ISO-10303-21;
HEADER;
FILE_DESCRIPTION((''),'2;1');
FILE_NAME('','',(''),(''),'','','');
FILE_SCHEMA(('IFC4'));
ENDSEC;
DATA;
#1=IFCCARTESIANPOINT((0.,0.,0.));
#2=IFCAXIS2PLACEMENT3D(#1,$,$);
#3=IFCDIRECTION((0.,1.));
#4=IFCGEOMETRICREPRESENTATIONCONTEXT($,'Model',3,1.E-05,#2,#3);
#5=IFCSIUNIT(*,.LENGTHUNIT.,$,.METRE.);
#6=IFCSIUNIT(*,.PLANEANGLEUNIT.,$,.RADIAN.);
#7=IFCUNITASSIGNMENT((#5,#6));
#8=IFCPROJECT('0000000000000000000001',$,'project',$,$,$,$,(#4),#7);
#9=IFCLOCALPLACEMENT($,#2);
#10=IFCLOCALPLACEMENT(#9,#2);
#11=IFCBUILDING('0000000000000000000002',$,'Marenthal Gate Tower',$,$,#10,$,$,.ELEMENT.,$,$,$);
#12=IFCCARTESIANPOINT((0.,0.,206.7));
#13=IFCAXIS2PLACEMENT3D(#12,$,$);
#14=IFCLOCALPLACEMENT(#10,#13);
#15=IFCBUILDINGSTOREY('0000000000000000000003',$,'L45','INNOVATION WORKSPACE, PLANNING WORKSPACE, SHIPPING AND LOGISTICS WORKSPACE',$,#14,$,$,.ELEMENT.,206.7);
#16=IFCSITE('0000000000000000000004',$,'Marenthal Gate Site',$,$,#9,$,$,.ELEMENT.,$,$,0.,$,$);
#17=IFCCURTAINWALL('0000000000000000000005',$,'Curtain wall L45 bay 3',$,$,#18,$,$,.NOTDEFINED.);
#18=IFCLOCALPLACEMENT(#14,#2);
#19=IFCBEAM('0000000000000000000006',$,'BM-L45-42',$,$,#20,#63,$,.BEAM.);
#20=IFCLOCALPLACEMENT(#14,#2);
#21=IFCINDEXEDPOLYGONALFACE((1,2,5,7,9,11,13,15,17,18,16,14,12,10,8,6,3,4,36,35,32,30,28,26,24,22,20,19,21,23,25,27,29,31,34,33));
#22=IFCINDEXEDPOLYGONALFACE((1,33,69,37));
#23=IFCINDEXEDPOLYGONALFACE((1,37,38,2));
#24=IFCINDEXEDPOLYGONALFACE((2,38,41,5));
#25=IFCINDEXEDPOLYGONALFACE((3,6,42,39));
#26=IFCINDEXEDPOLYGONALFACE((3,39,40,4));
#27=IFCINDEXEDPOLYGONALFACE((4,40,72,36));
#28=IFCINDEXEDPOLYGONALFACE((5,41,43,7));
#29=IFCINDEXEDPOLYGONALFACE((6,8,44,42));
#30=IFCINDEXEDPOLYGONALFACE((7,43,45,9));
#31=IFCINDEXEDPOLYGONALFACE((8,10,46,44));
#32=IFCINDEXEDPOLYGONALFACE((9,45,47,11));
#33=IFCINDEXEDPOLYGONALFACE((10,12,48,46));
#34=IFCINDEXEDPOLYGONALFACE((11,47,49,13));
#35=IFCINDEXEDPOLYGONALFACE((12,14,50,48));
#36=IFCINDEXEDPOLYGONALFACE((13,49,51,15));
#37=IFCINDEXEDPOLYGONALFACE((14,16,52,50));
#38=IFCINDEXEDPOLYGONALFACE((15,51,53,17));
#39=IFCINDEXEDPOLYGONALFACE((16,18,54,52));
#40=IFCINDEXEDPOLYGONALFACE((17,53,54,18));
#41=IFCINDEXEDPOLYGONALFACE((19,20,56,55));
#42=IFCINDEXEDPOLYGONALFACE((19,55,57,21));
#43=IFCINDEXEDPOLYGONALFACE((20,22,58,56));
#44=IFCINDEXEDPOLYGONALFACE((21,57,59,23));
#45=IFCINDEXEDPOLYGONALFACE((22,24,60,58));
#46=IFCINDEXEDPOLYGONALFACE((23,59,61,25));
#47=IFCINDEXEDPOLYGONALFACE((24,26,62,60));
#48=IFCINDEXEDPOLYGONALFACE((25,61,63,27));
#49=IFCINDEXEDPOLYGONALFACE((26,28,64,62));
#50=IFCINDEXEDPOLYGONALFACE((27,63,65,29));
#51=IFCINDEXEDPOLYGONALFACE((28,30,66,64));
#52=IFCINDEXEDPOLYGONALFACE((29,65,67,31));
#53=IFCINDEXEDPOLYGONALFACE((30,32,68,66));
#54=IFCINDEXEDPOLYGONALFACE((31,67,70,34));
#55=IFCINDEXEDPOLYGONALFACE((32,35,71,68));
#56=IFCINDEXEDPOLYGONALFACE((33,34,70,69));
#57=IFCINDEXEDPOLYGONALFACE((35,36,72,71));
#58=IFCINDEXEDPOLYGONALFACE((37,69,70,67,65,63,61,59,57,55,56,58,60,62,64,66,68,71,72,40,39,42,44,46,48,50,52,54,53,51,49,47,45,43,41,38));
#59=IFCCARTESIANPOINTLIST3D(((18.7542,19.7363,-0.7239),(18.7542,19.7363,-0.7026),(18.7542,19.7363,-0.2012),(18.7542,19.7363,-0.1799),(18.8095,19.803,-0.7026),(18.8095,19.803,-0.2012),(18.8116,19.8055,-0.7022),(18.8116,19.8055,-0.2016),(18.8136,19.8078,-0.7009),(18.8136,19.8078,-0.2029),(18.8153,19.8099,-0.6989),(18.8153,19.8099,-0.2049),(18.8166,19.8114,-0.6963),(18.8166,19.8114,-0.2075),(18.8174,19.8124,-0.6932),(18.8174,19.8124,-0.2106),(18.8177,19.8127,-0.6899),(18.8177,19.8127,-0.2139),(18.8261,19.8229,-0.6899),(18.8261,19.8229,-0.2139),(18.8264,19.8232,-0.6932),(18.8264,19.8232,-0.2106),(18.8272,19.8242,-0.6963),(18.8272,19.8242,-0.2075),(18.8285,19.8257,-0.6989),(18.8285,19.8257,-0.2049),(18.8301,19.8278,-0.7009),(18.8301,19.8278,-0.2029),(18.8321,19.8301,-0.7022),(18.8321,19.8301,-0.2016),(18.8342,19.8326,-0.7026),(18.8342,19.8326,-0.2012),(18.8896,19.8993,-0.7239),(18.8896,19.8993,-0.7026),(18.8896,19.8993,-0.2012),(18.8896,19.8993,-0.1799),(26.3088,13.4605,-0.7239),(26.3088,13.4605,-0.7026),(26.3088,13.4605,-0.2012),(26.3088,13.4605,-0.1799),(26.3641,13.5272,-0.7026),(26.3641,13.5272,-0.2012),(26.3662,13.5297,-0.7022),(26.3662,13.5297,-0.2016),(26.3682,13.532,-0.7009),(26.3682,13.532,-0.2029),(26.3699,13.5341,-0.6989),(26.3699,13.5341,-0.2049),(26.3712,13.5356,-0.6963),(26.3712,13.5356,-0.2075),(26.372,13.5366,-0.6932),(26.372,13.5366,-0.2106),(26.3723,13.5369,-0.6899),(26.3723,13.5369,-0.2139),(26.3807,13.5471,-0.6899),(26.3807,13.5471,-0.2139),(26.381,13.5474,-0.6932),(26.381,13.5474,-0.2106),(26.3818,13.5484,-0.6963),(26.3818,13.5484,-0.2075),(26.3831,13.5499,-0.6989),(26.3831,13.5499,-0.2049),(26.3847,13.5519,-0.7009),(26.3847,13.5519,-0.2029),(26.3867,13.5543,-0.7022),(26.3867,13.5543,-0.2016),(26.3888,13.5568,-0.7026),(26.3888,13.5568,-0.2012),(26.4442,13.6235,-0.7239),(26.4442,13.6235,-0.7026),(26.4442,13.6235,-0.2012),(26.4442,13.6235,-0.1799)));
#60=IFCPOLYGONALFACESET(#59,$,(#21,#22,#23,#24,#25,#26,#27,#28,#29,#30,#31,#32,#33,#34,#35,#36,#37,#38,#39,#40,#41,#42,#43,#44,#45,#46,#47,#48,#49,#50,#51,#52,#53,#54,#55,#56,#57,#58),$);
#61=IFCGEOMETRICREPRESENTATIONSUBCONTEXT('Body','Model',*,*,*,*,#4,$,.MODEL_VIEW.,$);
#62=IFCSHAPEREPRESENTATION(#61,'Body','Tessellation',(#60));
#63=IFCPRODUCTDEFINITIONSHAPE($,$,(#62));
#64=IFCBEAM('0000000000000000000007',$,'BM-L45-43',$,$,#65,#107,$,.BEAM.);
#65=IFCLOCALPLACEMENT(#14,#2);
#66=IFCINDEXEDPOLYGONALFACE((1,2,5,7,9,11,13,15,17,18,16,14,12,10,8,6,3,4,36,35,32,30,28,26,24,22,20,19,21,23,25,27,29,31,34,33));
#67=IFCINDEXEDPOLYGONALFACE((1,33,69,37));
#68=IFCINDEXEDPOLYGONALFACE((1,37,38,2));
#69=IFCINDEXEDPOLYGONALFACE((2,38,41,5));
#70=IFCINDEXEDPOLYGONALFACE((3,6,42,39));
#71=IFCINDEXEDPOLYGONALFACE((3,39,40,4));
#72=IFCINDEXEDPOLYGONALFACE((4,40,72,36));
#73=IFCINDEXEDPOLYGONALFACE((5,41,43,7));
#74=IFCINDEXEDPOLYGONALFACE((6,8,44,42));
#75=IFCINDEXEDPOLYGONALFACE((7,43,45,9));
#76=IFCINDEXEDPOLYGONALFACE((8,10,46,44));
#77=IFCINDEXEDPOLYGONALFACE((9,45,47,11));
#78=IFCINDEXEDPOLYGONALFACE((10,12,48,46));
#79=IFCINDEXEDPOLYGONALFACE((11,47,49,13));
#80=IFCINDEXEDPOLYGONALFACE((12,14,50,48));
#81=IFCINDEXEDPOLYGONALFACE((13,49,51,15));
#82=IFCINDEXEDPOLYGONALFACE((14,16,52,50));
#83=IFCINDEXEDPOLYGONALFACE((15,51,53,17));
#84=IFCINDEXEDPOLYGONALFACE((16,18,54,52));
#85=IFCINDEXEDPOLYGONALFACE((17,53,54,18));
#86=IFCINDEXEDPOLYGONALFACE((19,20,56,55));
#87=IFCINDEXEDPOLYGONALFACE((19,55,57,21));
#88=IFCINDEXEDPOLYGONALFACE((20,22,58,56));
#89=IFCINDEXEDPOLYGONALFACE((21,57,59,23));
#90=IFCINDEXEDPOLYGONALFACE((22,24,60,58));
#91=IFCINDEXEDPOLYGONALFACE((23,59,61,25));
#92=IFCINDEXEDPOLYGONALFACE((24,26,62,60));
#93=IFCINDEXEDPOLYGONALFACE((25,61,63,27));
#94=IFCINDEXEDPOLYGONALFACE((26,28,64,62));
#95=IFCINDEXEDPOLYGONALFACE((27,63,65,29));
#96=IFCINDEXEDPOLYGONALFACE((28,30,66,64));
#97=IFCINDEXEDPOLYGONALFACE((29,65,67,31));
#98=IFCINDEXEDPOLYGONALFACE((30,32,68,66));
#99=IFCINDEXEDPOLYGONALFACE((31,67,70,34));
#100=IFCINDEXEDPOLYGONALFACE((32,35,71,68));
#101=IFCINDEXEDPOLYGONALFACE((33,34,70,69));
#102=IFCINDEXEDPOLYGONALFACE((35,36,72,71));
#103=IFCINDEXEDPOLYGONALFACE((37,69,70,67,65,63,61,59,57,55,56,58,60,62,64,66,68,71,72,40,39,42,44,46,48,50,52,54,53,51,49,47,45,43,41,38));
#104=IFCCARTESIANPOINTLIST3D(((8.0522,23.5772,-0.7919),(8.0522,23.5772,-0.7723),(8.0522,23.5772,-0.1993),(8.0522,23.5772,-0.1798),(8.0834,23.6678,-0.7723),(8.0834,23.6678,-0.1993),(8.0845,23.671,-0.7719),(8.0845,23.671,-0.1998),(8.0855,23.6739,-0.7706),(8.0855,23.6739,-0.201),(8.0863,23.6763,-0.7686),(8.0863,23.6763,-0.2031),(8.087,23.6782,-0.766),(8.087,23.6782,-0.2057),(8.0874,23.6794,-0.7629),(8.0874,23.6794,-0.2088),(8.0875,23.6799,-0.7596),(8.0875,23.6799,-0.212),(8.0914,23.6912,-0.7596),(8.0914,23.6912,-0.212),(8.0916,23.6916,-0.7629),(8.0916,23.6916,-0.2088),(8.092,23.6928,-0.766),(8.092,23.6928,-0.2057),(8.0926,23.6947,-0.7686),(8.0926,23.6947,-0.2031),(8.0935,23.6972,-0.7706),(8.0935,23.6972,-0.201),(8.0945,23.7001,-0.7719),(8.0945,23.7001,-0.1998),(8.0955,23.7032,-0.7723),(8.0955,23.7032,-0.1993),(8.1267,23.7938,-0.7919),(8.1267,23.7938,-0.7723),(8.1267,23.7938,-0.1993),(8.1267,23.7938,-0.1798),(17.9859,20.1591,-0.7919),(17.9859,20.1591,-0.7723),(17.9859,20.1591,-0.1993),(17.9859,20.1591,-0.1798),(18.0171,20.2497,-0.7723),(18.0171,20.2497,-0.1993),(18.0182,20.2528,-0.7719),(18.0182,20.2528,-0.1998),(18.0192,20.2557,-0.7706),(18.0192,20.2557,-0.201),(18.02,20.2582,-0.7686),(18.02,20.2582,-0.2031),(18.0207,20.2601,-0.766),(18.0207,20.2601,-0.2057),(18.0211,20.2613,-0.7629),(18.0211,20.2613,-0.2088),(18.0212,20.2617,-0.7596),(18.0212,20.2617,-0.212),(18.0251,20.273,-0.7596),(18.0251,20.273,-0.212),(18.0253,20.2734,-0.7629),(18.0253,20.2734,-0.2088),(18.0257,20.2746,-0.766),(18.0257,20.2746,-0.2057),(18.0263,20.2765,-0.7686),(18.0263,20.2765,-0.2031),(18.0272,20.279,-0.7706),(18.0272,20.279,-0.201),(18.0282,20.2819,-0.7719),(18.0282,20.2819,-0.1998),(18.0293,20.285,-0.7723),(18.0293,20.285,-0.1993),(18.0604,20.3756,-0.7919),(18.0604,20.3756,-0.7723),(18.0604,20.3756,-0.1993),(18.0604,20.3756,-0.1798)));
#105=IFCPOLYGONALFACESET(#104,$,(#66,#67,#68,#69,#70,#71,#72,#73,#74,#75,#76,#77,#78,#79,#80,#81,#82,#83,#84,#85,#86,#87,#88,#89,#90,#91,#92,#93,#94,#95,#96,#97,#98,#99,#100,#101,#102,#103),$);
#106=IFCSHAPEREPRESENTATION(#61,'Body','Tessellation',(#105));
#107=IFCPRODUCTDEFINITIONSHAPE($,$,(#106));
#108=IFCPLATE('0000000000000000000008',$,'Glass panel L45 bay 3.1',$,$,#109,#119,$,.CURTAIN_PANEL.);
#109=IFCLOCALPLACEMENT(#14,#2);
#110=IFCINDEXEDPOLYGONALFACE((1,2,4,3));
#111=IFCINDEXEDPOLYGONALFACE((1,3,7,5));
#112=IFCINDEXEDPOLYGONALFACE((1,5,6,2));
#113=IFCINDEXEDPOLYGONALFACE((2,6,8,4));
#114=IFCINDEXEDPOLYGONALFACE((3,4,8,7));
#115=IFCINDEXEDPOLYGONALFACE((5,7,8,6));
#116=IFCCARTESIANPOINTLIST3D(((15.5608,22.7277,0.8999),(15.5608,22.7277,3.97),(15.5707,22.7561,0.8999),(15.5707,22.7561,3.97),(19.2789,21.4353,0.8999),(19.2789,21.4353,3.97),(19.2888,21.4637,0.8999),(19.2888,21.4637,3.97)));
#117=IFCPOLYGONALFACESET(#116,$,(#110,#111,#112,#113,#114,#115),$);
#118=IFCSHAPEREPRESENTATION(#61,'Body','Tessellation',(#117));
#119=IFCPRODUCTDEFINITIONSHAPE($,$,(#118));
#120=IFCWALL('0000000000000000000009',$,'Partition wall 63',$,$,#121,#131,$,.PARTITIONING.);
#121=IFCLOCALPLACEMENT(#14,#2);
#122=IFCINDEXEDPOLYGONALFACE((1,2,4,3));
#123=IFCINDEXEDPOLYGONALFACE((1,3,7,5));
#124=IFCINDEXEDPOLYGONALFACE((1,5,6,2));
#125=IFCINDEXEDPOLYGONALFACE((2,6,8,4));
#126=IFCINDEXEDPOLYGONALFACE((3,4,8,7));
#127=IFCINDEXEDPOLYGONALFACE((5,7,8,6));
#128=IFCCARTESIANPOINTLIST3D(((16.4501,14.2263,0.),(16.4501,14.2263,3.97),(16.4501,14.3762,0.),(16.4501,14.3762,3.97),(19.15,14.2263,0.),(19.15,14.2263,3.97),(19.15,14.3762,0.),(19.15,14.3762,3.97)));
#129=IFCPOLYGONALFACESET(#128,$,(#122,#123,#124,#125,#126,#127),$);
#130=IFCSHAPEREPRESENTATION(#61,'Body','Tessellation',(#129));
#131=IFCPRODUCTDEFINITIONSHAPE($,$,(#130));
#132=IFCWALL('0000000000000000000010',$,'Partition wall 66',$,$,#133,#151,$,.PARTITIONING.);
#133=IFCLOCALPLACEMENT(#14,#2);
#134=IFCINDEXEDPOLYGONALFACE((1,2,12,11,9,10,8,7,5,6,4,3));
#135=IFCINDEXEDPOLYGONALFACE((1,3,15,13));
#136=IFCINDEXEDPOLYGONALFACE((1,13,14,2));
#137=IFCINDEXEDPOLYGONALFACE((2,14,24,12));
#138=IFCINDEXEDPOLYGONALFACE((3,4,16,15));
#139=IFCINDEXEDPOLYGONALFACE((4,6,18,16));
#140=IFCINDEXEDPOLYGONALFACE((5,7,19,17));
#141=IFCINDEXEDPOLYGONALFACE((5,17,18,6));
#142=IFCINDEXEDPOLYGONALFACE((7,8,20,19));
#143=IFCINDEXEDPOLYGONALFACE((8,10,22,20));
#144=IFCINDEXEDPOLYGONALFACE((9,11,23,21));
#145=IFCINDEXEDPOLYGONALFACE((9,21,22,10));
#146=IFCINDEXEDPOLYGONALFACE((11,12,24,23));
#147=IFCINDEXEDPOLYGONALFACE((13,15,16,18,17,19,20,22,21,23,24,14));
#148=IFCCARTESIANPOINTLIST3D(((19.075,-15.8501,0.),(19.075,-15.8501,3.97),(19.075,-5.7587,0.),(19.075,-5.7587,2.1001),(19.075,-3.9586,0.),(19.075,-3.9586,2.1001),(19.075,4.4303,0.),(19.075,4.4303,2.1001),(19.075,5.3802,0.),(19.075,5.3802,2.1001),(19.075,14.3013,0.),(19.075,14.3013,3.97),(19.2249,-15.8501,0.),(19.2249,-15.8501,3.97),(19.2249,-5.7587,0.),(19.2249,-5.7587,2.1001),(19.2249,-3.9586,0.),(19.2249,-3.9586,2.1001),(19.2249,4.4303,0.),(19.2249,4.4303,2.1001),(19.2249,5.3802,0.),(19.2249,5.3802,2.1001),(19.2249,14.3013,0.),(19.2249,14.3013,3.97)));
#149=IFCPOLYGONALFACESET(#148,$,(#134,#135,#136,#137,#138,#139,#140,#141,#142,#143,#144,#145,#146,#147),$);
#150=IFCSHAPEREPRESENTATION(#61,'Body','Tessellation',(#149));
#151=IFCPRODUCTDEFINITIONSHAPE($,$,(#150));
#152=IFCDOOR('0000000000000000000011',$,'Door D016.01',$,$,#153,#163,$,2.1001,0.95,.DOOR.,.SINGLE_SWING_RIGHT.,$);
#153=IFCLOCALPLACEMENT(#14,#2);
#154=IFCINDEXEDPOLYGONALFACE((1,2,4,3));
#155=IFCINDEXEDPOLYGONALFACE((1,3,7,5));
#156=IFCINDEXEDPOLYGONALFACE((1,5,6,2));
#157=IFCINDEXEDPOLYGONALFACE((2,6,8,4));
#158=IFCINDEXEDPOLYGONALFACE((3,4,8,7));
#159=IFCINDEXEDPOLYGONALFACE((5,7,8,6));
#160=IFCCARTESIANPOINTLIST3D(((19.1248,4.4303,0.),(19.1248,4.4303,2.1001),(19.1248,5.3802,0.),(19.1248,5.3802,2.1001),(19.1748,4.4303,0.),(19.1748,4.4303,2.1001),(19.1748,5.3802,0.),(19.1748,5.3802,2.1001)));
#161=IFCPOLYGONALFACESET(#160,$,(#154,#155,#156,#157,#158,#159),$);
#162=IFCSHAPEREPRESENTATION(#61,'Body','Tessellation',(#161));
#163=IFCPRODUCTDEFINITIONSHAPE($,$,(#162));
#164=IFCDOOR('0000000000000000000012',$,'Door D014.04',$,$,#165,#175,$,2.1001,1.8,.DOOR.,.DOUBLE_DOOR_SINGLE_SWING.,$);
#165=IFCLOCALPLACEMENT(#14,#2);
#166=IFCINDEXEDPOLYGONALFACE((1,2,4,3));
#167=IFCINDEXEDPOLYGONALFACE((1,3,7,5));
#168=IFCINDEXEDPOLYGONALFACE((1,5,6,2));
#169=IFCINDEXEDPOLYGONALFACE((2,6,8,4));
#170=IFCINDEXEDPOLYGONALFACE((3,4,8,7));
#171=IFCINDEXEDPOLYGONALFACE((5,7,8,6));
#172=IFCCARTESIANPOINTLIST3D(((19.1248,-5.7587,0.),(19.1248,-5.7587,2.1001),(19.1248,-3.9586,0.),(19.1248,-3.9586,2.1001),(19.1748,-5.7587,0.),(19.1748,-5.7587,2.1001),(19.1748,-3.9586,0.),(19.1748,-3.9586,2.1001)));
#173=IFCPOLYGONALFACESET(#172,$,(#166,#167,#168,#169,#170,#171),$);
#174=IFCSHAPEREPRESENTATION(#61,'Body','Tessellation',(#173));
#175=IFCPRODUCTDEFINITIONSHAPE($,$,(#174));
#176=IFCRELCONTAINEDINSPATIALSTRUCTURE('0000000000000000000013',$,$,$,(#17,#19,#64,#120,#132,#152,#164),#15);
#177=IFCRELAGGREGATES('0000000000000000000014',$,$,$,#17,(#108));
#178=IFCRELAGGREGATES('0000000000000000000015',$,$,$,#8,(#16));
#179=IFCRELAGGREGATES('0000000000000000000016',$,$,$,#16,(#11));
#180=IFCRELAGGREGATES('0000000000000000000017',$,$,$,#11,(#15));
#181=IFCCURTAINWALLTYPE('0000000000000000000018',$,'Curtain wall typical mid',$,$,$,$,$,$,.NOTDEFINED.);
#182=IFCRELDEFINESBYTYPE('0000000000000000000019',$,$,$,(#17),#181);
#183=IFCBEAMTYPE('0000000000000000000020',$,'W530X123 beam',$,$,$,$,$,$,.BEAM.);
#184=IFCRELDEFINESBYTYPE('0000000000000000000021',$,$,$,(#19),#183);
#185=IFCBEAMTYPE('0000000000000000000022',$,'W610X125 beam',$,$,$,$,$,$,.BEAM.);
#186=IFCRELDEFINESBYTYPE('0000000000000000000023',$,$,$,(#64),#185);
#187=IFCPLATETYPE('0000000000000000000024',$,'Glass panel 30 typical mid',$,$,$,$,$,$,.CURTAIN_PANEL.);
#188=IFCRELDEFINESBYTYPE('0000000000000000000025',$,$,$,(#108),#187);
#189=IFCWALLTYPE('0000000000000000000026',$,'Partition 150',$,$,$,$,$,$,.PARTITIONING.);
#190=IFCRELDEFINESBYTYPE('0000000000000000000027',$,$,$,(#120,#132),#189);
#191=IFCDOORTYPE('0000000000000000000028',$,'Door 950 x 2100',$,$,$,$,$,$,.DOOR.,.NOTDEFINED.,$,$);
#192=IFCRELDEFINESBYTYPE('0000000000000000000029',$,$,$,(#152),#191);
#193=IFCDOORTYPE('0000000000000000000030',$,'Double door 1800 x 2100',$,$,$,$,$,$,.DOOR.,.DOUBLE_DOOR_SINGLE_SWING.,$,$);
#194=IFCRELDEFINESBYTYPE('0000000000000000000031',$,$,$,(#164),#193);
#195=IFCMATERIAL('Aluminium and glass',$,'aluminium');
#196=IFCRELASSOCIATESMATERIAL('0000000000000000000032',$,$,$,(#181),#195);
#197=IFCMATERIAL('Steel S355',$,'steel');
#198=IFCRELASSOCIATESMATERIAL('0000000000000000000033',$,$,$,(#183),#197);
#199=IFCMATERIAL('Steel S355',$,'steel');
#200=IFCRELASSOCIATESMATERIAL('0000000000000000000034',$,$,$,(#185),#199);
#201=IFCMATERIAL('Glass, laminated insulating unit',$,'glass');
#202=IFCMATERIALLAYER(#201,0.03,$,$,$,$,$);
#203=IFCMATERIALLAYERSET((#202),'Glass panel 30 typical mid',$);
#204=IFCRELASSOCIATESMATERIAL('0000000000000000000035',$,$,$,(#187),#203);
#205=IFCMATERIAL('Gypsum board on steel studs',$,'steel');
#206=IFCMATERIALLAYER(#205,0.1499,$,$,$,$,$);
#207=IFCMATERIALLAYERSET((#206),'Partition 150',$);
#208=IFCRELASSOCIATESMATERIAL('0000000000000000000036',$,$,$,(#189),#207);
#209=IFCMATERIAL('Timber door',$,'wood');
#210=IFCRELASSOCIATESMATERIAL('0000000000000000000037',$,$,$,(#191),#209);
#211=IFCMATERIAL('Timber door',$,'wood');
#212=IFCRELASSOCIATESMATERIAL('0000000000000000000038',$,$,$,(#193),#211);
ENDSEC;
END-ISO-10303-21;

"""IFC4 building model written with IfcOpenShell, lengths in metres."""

from ifc_helpers import new_model, si_unit, direction, frame, frame_2d, origin, origin_2d, place, context, subcontext, project, spatial, rectangle, i_section, extrude, material, layer, layer_set, material_profile, profile_set, type_object, element, fill, aggregate, save


model = new_model("IFC4")

# Units and contexts
model_context = context("Model", 3, precision=1e-05, world=origin(), true_north=direction((0.0, 1.0)))
body_context = subcontext(model_context, "Body", "Model", "MODEL_VIEW")
ifc_project = project(units=[si_unit("LENGTHUNIT", "METRE"), si_unit("PLANEANGLEUNIT", "RADIAN")], contexts=[model_context])

# Site, building, storey
site_placement = place(None, origin())
site = spatial("IfcSite", under=ifc_project, at=site_placement, Name="Marenthal Gate Site", CompositionType="ELEMENT", RefElevation=0.0)
building_placement = place(site_placement, origin())
building = spatial("IfcBuilding", under=site, at=building_placement, Name="Marenthal Gate Tower", CompositionType="ELEMENT")
storey_placement = place(building_placement, frame((0.0, 0.0, 206.7)))
storey = spatial("IfcBuildingStorey", under=building, at=storey_placement, Name="L45", Description="INNOVATION WORKSPACE, PLANNING WORKSPACE, SHIPPING AND LOGISTICS WORKSPACE", CompositionType="ELEMENT", Elevation=206.7)

# Shared definitions
ifc_material_1 = material(Name="Aluminium and glass", Category="aluminium")
curtain_wall_type = type_object("IfcCurtainWallType", Name="Curtain wall typical mid", PredefinedType="NOTDEFINED", material=ifc_material_1)

# Curtain wall
curtain_wall_1_placement = place(storey_placement, origin())
curtain_wall_1 = element("IfcCurtainWall", 1, at=curtain_wall_1_placement, inside=storey, type_object=curtain_wall_type, Name="Curtain wall L45 bay 3", PredefinedType="NOTDEFINED")

# Beams
ifc_material_2 = material(Name="Steel S355", Category="steel")
ifc_material_profile_1 = material_profile(ifc_material_2, i_section(OverallWidth=0.2119, OverallDepth=0.5439, WebThickness=0.0132, FlangeThickness=0.0212, FilletRadius=0.0127, at=origin_2d()), Name="W530X123")
ifc_profile_set_1 = profile_set([ifc_material_profile_1], Name="Steel S355")
beam_type_1 = type_object("IfcBeamType", Name="W530X123 beam", PredefinedType="BEAM", material=ifc_profile_set_1)
beam_1_placement = place(storey_placement, frame((26.3765, 13.542, -0.4519), z_axis=(-0.769207, 0.639, 0.0), x_axis=(-0.639, -0.769207, 0.0)))
element("IfcBeam", 2, at=beam_1_placement, inside=storey, type_object=beam_type_1, Name="BM-L45-42", PredefinedType="BEAM", context=body_context, shape_type="SweptSolid", body=[
    extrude(i_section(OverallWidth=0.2119, OverallDepth=0.5439, WebThickness=0.0132, FlangeThickness=0.0212, FilletRadius=0.0127, at=origin_2d()), origin(), (0.0, 0.0, 1.0), 9.8213),
])
ifc_material_3 = material(Name="Steel S355", Category="steel")
ifc_material_profile_2 = material_profile(ifc_material_3, i_section(OverallWidth=0.229, OverallDepth=0.6121, WebThickness=0.012, FlangeThickness=0.0195, FilletRadius=0.0127, at=origin_2d()), Name="W610X125")
ifc_profile_set_2 = profile_set([ifc_material_profile_2], Name="Steel S355")
beam_type_2 = type_object("IfcBeamType", Name="W610X125 beam", PredefinedType="BEAM", material=ifc_profile_set_2)
beam_2_placement = place(storey_placement, frame((18.0232, 20.2673, -0.4858), z_axis=(-0.945585, 0.325374, 0.0), x_axis=(-0.325374, -0.945585, 0.0)))
element("IfcBeam", 3, at=beam_2_placement, inside=storey, type_object=beam_type_2, Name="BM-L45-43", PredefinedType="BEAM", context=body_context, shape_type="SweptSolid", body=[
    extrude(i_section(OverallWidth=0.229, OverallDepth=0.6121, WebThickness=0.012, FlangeThickness=0.0195, FilletRadius=0.0127, at=origin_2d()), origin(), (0.0, 0.0, 1.0), 10.5054),
])

# Plate
ifc_material_4 = material(Name="Glass, laminated insulating unit", Category="glass")
ifc_layer_1 = layer(ifc_material_4, 0.03)
ifc_layer_set_1 = layer_set([ifc_layer_1], Name="Glass panel 30 typical mid")
plate_type = type_object("IfcPlateType", Name="Glass panel 30 typical mid", PredefinedType="CURTAIN_PANEL", material=ifc_layer_set_1)
plate_placement = place(storey_placement, frame((17.4248, 22.0957, 0.8999), z_axis=(0.0, 0.0, 1.0), x_axis=(-0.944562, 0.328332, 0.0)))
plate = element("IfcPlate", 4, at=plate_placement, type_object=plate_type, Name="Glass panel L45 bay 3.1", PredefinedType="CURTAIN_PANEL", context=body_context, shape_type="SweptSolid", body=[
    extrude(rectangle(XDim=3.9363, YDim=0.03, at=origin_2d()), origin(), (0.0, 0.0, 1.0), 3.0701),
])
aggregate(curtain_wall_1, [plate])

# Wall
ifc_material_5 = material(Name="Gypsum board on steel studs", Category="steel")
ifc_layer_2 = layer(ifc_material_5, 0.1499)
ifc_layer_set_2 = layer_set([ifc_layer_2], Name="Partition 150")
wall_type_1 = type_object("IfcWallType", Name="Partition 150", PredefinedType="PARTITIONING", material=ifc_layer_set_2)
wall_1_placement = place(storey_placement, frame((16.45, 14.3013, 0.0), z_axis=(0.0, 0.0, 1.0), x_axis=(1.0, 0.0, 0.0)))
element("IfcWall", 5, at=wall_1_placement, inside=storey, type_object=wall_type_1, Name="Partition wall 63", PredefinedType="PARTITIONING", context=body_context, shape_type="SweptSolid", body=[
    extrude(rectangle(XDim=2.7, YDim=0.1499, at=frame_2d((1.3501, 0.0))), origin(), (0.0, 0.0, 1.0), 3.97),
])

# Wall, openings, doors
wall_2_placement = place(storey_placement, frame((19.1499, 14.3013, 0.0), z_axis=(0.0, 0.0, 1.0), x_axis=(0.0, -1.0, 0.0)))
wall_2 = element("IfcWall", 6, at=wall_2_placement, inside=storey, type_object=wall_type_1, Name="Partition wall 66", PredefinedType="PARTITIONING", context=body_context, shape_type="SweptSolid", body=[
    extrude(rectangle(XDim=30.1514, YDim=0.1499, at=frame_2d((15.0757, 0.0))), origin(), (0.0, 0.0, 1.0), 3.97),
])
opening_1_placement = place(wall_2_placement, frame((8.9209, 0.0, 0.0)))
opening_1 = element("IfcOpeningElement", 7, at=opening_1_placement, cuts=wall_2, PredefinedType="OPENING", context=body_context, shape_type="SweptSolid", body=[
    extrude(rectangle(XDim=0.95, YDim=2.1001, at=frame_2d((0.4751, 1.05))), frame((0.0, 0.085, 0.0), z_axis=(0.0, -1.0, 0.0), x_axis=(1.0, 0.0, 0.0)), (0.0, 0.0, 1.0), 0.1699),
])
opening_2_placement = place(wall_2_placement, frame((18.26, 0.0, 0.0)))
opening_2 = element("IfcOpeningElement", 8, at=opening_2_placement, cuts=wall_2, PredefinedType="OPENING", context=body_context, shape_type="SweptSolid", body=[
    extrude(rectangle(XDim=1.8, YDim=2.1001, at=frame_2d((0.8999, 1.05))), frame((0.0, 0.085, 0.0), z_axis=(0.0, -1.0, 0.0), x_axis=(1.0, 0.0, 0.0)), (0.0, 0.0, 1.0), 0.1699),
])
ifc_material_6 = material(Name="Timber door", Category="wood")
door_type_1 = type_object("IfcDoorType", Name="Door 950 x 2100", OperationType="NOTDEFINED", PredefinedType="DOOR", material=ifc_material_6)
door_1_placement = place(opening_1_placement, origin())
door_1 = element("IfcDoor", 9, at=door_1_placement, inside=storey, type_object=door_type_1, Name="Door D016.01", OperationType="SINGLE_SWING_RIGHT", OverallHeight=2.1001, OverallWidth=0.95, PredefinedType="DOOR", context=body_context, shape_type="SweptSolid", body=[
    extrude(rectangle(XDim=0.95, YDim=2.1001, at=frame_2d((0.4751, 1.05))), frame((0.0, 0.0249, 0.0), z_axis=(0.0, -1.0, 0.0), x_axis=(1.0, 0.0, 0.0)), (0.0, 0.0, 1.0), 0.05),
])
fill(opening_1, door_1)
ifc_material_7 = material(Name="Timber door", Category="wood")
door_type_2 = type_object("IfcDoorType", Name="Double door 1800 x 2100", OperationType="DOUBLE_DOOR_SINGLE_SWING", PredefinedType="DOOR", material=ifc_material_7)
door_2_placement = place(opening_2_placement, origin())
door_2 = element("IfcDoor", 10, at=door_2_placement, inside=storey, type_object=door_type_2, Name="Door D014.04", OperationType="DOUBLE_DOOR_SINGLE_SWING", OverallHeight=2.1001, OverallWidth=1.8, PredefinedType="DOOR", context=body_context, shape_type="SweptSolid", body=[
    extrude(rectangle(XDim=1.8, YDim=2.1001, at=frame_2d((0.8999, 1.05))), frame((0.0, 0.0249, 0.0), z_axis=(0.0, -1.0, 0.0), x_axis=(1.0, 0.0, 0.0)), (0.0, 0.0, 1.0), 0.05),
])
fill(opening_2, door_2)

save(model, "model.ifc")
